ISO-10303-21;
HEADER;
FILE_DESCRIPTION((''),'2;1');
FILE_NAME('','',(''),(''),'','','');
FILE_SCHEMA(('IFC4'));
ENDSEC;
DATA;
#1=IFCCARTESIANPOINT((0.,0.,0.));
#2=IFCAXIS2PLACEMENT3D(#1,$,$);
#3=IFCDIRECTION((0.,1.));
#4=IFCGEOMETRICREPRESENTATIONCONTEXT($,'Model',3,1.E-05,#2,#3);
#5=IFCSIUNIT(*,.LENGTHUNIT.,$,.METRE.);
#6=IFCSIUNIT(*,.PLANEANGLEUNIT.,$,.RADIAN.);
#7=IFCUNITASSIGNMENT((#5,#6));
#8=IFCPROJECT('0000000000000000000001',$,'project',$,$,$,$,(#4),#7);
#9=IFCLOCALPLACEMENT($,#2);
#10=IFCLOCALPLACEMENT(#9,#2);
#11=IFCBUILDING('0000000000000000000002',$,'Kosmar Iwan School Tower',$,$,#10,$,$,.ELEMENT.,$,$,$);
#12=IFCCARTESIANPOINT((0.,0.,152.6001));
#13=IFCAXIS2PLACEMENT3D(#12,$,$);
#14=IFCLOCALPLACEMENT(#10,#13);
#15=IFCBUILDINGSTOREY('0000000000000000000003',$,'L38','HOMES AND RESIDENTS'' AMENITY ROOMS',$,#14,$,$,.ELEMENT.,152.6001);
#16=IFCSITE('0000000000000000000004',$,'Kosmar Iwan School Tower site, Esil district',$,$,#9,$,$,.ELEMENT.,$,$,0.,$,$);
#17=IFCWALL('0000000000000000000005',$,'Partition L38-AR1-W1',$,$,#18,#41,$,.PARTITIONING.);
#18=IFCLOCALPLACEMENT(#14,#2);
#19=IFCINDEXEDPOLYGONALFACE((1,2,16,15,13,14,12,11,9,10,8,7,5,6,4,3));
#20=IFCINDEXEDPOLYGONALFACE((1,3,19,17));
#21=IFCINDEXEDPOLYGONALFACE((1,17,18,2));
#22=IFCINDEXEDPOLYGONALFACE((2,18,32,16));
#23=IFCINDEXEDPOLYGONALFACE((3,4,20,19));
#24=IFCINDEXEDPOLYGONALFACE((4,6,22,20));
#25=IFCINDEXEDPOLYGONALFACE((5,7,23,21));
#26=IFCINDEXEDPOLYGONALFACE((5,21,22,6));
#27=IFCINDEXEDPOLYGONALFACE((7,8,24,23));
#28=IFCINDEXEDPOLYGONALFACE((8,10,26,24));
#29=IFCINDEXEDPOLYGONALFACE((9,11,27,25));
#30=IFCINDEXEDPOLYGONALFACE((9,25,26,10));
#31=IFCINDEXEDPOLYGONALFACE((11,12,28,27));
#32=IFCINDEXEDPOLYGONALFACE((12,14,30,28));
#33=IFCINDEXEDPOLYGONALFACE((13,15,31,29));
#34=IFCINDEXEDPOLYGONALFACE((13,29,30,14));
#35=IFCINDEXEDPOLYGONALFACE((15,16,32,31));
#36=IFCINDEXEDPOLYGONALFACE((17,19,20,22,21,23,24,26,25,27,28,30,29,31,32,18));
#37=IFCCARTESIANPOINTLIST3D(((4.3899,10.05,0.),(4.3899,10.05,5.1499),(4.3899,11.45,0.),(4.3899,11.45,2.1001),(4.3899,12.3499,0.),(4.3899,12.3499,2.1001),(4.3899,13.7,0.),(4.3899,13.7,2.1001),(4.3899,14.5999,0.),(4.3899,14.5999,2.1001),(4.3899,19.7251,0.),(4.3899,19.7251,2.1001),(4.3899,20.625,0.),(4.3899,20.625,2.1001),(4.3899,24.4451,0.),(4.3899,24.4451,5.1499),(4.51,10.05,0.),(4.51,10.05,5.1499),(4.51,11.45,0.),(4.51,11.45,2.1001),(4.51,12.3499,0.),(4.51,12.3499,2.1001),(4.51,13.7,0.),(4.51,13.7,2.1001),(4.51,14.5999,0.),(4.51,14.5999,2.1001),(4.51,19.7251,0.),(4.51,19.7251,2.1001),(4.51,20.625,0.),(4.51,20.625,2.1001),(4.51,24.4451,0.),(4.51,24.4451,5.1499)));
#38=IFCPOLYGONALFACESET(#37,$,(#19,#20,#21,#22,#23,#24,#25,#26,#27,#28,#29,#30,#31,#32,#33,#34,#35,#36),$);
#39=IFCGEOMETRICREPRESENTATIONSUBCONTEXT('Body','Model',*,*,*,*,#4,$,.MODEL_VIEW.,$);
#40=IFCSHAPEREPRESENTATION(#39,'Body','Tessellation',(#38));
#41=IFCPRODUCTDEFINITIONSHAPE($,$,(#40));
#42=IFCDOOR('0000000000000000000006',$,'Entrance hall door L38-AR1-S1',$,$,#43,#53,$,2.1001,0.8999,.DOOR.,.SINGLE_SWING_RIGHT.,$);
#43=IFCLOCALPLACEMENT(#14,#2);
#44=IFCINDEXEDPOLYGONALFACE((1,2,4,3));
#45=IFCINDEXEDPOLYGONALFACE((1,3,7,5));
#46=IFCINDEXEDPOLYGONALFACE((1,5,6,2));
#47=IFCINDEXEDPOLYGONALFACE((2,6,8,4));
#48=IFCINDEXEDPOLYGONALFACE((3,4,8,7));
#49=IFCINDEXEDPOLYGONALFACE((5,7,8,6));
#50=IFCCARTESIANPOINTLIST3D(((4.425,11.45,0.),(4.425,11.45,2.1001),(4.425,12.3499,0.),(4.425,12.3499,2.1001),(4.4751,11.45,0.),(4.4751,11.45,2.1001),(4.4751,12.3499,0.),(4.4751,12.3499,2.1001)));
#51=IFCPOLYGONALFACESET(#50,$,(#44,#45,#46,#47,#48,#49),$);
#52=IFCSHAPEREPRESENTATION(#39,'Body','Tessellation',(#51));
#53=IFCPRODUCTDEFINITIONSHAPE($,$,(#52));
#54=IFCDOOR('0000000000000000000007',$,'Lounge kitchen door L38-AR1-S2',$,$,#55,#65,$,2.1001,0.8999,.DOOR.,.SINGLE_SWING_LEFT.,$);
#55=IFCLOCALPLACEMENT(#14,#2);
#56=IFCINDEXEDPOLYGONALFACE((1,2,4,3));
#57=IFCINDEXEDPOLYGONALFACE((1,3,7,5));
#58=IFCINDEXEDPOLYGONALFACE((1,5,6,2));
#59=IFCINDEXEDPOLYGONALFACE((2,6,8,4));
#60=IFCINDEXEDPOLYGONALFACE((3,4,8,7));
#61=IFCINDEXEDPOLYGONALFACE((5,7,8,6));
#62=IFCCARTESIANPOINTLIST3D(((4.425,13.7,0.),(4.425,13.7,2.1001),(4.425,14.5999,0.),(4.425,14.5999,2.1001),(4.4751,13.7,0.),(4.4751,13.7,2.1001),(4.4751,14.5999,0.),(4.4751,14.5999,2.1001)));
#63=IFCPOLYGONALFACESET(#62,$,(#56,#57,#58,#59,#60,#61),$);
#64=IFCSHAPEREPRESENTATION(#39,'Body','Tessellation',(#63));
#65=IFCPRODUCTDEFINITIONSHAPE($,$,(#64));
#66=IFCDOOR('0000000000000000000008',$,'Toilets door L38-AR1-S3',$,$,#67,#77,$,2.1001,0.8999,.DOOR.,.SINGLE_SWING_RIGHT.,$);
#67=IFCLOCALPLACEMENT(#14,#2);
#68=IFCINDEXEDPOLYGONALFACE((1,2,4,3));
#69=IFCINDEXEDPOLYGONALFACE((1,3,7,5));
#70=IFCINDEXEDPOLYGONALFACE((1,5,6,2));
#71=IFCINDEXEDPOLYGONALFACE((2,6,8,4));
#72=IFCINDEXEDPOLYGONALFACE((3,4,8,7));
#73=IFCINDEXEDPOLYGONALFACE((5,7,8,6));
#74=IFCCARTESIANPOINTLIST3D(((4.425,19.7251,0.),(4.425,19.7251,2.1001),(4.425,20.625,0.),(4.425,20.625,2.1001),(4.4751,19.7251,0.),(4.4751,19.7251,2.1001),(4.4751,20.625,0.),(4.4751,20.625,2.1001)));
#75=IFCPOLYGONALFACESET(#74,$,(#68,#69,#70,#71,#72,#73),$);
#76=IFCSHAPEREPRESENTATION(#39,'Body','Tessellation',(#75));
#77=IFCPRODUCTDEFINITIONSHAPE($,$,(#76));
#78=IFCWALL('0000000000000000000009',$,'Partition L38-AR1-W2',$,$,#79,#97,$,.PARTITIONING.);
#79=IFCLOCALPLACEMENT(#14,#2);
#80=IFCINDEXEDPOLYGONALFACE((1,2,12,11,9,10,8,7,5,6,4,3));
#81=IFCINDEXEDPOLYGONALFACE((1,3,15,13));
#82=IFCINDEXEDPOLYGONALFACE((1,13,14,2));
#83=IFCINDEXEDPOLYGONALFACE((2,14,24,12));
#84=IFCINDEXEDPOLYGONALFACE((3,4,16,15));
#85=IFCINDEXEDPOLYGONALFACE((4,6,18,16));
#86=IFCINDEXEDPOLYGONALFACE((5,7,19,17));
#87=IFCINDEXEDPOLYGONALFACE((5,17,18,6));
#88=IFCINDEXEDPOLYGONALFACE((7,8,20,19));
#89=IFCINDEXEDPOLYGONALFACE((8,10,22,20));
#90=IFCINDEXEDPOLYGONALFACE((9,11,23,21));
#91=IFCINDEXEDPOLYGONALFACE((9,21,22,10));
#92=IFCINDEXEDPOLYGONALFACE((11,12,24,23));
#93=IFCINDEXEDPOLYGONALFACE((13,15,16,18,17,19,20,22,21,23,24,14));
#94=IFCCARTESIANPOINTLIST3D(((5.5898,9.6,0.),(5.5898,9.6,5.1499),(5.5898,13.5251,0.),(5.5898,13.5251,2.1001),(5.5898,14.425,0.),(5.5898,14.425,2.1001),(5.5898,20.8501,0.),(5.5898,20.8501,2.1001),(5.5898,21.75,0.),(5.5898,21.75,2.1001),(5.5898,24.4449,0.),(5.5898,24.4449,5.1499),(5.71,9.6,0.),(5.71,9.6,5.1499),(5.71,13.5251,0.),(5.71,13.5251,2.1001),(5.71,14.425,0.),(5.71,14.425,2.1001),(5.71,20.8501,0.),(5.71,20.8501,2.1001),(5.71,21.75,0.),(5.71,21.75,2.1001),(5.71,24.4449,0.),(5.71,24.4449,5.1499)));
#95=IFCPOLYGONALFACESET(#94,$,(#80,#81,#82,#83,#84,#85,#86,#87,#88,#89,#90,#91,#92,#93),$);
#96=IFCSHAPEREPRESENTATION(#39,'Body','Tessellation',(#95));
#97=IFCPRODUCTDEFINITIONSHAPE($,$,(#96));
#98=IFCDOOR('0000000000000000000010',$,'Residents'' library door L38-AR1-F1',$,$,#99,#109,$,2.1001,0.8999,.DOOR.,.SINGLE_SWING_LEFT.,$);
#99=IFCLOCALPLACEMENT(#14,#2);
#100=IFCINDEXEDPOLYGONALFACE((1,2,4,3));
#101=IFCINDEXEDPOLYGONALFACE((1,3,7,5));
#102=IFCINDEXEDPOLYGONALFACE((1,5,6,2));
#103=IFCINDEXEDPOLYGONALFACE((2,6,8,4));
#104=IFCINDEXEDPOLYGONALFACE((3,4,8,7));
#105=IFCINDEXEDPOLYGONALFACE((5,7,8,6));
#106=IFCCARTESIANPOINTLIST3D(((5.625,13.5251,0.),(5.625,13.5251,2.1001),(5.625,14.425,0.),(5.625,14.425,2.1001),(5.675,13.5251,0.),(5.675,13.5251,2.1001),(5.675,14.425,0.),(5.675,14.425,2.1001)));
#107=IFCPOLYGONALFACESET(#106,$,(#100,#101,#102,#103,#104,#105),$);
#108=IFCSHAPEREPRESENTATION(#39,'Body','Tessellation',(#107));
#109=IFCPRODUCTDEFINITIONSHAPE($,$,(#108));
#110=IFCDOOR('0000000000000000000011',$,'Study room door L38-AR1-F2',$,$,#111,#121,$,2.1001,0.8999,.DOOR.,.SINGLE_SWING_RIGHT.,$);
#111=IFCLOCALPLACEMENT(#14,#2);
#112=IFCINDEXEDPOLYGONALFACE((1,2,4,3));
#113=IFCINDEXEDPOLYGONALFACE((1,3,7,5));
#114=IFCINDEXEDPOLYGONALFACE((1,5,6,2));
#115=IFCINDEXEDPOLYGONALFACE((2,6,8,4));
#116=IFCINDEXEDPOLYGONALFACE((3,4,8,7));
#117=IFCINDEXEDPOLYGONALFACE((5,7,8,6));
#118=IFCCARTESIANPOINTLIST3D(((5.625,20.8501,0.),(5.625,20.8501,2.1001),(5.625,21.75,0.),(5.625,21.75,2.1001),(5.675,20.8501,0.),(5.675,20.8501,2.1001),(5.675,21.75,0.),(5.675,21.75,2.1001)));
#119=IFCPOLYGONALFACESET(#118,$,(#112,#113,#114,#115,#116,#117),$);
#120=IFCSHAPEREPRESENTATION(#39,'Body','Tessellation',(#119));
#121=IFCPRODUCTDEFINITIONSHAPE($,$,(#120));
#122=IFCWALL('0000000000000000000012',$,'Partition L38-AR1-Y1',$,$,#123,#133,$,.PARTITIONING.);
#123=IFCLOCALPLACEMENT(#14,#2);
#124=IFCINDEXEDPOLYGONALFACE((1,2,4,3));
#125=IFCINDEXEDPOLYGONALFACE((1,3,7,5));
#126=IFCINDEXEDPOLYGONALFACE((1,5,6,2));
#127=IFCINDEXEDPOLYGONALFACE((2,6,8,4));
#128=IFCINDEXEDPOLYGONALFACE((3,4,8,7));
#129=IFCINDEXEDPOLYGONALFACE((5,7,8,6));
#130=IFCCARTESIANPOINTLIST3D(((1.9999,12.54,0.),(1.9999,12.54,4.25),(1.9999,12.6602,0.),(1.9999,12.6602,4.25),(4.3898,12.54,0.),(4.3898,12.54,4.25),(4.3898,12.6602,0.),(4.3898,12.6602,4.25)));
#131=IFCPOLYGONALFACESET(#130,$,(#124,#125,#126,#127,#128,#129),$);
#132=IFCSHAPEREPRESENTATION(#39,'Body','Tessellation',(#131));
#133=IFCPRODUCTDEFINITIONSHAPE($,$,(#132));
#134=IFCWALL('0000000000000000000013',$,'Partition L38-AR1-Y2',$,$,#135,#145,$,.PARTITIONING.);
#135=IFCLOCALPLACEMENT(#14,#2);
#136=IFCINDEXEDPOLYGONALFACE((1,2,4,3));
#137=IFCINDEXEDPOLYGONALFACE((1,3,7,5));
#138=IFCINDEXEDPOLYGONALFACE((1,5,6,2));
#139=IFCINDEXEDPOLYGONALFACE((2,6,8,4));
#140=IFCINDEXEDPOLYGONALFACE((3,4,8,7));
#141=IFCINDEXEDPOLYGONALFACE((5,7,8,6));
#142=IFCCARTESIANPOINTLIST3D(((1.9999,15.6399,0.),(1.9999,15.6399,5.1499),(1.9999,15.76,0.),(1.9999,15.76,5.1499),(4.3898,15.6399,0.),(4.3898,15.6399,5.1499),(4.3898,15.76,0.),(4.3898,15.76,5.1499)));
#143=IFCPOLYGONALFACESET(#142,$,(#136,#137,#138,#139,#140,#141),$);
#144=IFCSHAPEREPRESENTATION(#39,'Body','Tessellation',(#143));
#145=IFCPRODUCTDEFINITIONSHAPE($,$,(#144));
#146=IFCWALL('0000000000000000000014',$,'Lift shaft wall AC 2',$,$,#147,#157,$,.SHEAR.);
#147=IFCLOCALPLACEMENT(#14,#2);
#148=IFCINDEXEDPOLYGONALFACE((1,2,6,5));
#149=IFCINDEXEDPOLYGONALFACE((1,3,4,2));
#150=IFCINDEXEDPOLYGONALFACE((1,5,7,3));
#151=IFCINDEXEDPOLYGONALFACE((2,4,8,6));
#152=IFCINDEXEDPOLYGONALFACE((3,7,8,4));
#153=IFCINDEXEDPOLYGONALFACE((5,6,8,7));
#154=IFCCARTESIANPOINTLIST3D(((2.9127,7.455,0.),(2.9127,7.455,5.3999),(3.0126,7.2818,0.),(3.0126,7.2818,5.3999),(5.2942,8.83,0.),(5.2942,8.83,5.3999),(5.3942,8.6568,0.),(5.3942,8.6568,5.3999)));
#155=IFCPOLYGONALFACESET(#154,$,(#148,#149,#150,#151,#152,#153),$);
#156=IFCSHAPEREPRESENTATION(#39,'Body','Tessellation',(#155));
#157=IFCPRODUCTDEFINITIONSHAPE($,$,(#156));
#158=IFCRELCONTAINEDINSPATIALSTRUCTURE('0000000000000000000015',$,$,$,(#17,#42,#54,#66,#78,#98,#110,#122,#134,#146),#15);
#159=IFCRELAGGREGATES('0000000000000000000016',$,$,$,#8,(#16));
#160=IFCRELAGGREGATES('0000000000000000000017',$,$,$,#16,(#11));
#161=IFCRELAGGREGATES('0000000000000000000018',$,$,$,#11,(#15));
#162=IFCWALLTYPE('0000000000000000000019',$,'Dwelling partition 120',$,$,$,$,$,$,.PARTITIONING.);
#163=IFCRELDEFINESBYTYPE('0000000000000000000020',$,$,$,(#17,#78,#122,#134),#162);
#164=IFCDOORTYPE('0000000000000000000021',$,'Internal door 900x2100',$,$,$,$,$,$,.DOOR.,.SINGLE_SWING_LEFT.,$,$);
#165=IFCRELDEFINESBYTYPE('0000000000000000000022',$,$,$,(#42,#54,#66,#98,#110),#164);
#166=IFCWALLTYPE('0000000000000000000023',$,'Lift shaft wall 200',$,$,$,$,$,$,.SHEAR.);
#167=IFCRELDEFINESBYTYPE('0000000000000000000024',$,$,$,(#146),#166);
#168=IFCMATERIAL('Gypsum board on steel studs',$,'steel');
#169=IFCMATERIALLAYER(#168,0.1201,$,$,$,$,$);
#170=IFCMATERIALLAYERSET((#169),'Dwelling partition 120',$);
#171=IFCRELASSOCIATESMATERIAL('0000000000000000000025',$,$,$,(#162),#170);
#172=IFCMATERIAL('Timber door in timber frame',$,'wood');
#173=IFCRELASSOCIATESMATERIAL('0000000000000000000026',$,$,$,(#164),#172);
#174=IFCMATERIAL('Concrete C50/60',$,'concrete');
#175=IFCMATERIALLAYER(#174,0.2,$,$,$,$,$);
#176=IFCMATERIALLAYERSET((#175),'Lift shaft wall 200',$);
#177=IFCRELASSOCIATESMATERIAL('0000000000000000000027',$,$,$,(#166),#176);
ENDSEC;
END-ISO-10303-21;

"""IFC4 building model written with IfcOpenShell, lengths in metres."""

from ifc_helpers import new_model, si_unit, direction, frame, frame_2d, origin, place, context, subcontext, project, spatial, rectangle, extrude, material, layer, layer_set, type_object, element, fill, save


model = new_model("IFC4")

# Units and contexts
model_context = context("Model", 3, precision=1e-05, world=origin(), true_north=direction((0.0, 1.0)))
body_context = subcontext(model_context, "Body", "Model", "MODEL_VIEW")
ifc_project = project(units=[si_unit("LENGTHUNIT", "METRE"), si_unit("PLANEANGLEUNIT", "RADIAN")], contexts=[model_context])

# Site, building, storey
site_placement = place(None, origin())
site = spatial("IfcSite", under=ifc_project, at=site_placement, Name="Kosmar Iwan School Tower site, Esil district", CompositionType="ELEMENT", RefElevation=0.0)
building_placement = place(site_placement, origin())
building = spatial("IfcBuilding", under=site, at=building_placement, Name="Kosmar Iwan School Tower", CompositionType="ELEMENT")
storey_placement = place(building_placement, frame((0.0, 0.0, 152.6001)))
storey = spatial("IfcBuildingStorey", under=building, at=storey_placement, Name="L38", Description="HOMES AND RESIDENTS' AMENITY ROOMS", CompositionType="ELEMENT", Elevation=152.6001)

# Walls, openings, doors
ifc_material_1 = material(Name="Gypsum board on steel studs", Category="steel")
ifc_layer_1 = layer(ifc_material_1, 0.1201)
ifc_layer_set_1 = layer_set([ifc_layer_1], Name="Dwelling partition 120")
wall_type_1 = type_object("IfcWallType", Name="Dwelling partition 120", PredefinedType="PARTITIONING", material=ifc_layer_set_1)
wall_1_placement = place(storey_placement, frame((4.45, 10.05, 0.0), z_axis=(0.0, 0.0, 1.0), x_axis=(0.0, 1.0, 0.0)))
wall_1 = element("IfcWall", 1, at=wall_1_placement, inside=storey, type_object=wall_type_1, Name="Partition L38-AR1-W1", PredefinedType="PARTITIONING", context=body_context, shape_type="SweptSolid", body=[
    extrude(rectangle(XDim=14.395, YDim=0.1201, at=frame_2d((7.1975, 0.0))), origin(), (0.0, 0.0, 1.0), 5.1499),
])
opening_1_placement = place(wall_1_placement, frame((1.3999, 0.0, 0.0)))
opening_1 = element("IfcOpeningElement", 2, at=opening_1_placement, cuts=wall_1, PredefinedType="OPENING", context=body_context, shape_type="SweptSolid", body=[
    extrude(rectangle(XDim=0.8999, YDim=2.1001, at=frame_2d((0.45, 1.05))), frame((0.0, 0.072, 0.0), z_axis=(0.0, -1.0, 0.0), x_axis=(1.0, 0.0, 0.0)), (0.0, 0.0, 1.0), 0.144),
])
opening_2_placement = place(wall_1_placement, frame((3.6499, 0.0, 0.0)))
opening_2 = element("IfcOpeningElement", 3, at=opening_2_placement, cuts=wall_1, PredefinedType="OPENING", context=body_context, shape_type="SweptSolid", body=[
    extrude(rectangle(XDim=0.8999, YDim=2.1001, at=frame_2d((0.45, 1.05))), frame((0.0, 0.072, 0.0), z_axis=(0.0, -1.0, 0.0), x_axis=(1.0, 0.0, 0.0)), (0.0, 0.0, 1.0), 0.144),
])
opening_3_placement = place(wall_1_placement, frame((9.675, 0.0, 0.0)))
opening_3 = element("IfcOpeningElement", 4, at=opening_3_placement, cuts=wall_1, PredefinedType="OPENING", context=body_context, shape_type="SweptSolid", body=[
    extrude(rectangle(XDim=0.8999, YDim=2.1001, at=frame_2d((0.45, 1.05))), frame((0.0, 0.072, 0.0), z_axis=(0.0, -1.0, 0.0), x_axis=(1.0, 0.0, 0.0)), (0.0, 0.0, 1.0), 0.144),
])
ifc_material_2 = material(Name="Timber door in timber frame", Category="wood")
door_type_1 = type_object("IfcDoorType", Name="Internal door 900x2100", OperationType="SINGLE_SWING_LEFT", PredefinedType="DOOR", material=ifc_material_2)
door_1_placement = place(opening_1_placement, origin())
door_1 = element("IfcDoor", 5, at=door_1_placement, inside=storey, type_object=door_type_1, Name="Entrance hall door L38-AR1-S1", OperationType="SINGLE_SWING_RIGHT", OverallHeight=2.1001, OverallWidth=0.8999, PredefinedType="DOOR", context=body_context, shape_type="SweptSolid", body=[
    extrude(rectangle(XDim=0.8999, YDim=2.1001, at=frame_2d((0.45, 1.05))), frame((0.0, 0.0249, 0.0), z_axis=(0.0, -1.0, 0.0), x_axis=(1.0, 0.0, 0.0)), (0.0, 0.0, 1.0), 0.05),
])
fill(opening_1, door_1)
door_2_placement = place(opening_2_placement, origin())
door_2 = element("IfcDoor", 6, at=door_2_placement, inside=storey, type_object=door_type_1, Name="Lounge kitchen door L38-AR1-S2", OperationType="SINGLE_SWING_LEFT", OverallHeight=2.1001, OverallWidth=0.8999, PredefinedType="DOOR", context=body_context, shape_type="SweptSolid", body=[
    extrude(rectangle(XDim=0.8999, YDim=2.1001, at=frame_2d((0.45, 1.05))), frame((0.0, 0.0249, 0.0), z_axis=(0.0, -1.0, 0.0), x_axis=(1.0, 0.0, 0.0)), (0.0, 0.0, 1.0), 0.05),
])
fill(opening_2, door_2)
door_3_placement = place(opening_3_placement, origin())
door_3 = element("IfcDoor", 7, at=door_3_placement, inside=storey, type_object=door_type_1, Name="Toilets door L38-AR1-S3", OperationType="SINGLE_SWING_RIGHT", OverallHeight=2.1001, OverallWidth=0.8999, PredefinedType="DOOR", context=body_context, shape_type="SweptSolid", body=[
    extrude(rectangle(XDim=0.8999, YDim=2.1001, at=frame_2d((0.45, 1.05))), frame((0.0, 0.0249, 0.0), z_axis=(0.0, -1.0, 0.0), x_axis=(1.0, 0.0, 0.0)), (0.0, 0.0, 1.0), 0.05),
])
fill(opening_3, door_3)
wall_2_placement = place(storey_placement, frame((5.6499, 9.6001, 0.0), z_axis=(0.0, 0.0, 1.0), x_axis=(0.0, 1.0, 0.0)))
wall_2 = element("IfcWall", 8, at=wall_2_placement, inside=storey, type_object=wall_type_1, Name="Partition L38-AR1-W2", PredefinedType="PARTITIONING", context=body_context, shape_type="SweptSolid", body=[
    extrude(rectangle(XDim=14.845, YDim=0.1201, at=frame_2d((7.4224, 0.0))), origin(), (0.0, 0.0, 1.0), 5.1499),
])
opening_4_placement = place(wall_2_placement, frame((3.925, 0.0, 0.0)))
opening_4 = element("IfcOpeningElement", 9, at=opening_4_placement, cuts=wall_2, PredefinedType="OPENING", context=body_context, shape_type="SweptSolid", body=[
    extrude(rectangle(XDim=0.8999, YDim=2.1001, at=frame_2d((0.45, 1.05))), frame((0.0, 0.072, 0.0), z_axis=(0.0, -1.0, 0.0), x_axis=(1.0, 0.0, 0.0)), (0.0, 0.0, 1.0), 0.144),
])
opening_5_placement = place(wall_2_placement, frame((11.25, 0.0, 0.0)))
opening_5 = element("IfcOpeningElement", 10, at=opening_5_placement, cuts=wall_2, PredefinedType="OPENING", context=body_context, shape_type="SweptSolid", body=[
    extrude(rectangle(XDim=0.8999, YDim=2.1001, at=frame_2d((0.45, 1.05))), frame((0.0, 0.072, 0.0), z_axis=(0.0, -1.0, 0.0), x_axis=(1.0, 0.0, 0.0)), (0.0, 0.0, 1.0), 0.144),
])
door_4_placement = place(opening_4_placement, origin())
door_4 = element("IfcDoor", 11, at=door_4_placement, inside=storey, type_object=door_type_1, Name="Residents' library door L38-AR1-F1", OperationType="SINGLE_SWING_LEFT", OverallHeight=2.1001, OverallWidth=0.8999, PredefinedType="DOOR", context=body_context, shape_type="SweptSolid", body=[
    extrude(rectangle(XDim=0.8999, YDim=2.1001, at=frame_2d((0.45, 1.05))), frame((0.0, 0.0249, 0.0), z_axis=(0.0, -1.0, 0.0), x_axis=(1.0, 0.0, 0.0)), (0.0, 0.0, 1.0), 0.05),
])
fill(opening_4, door_4)
door_5_placement = place(opening_5_placement, origin())
door_5 = element("IfcDoor", 12, at=door_5_placement, inside=storey, type_object=door_type_1, Name="Study room door L38-AR1-F2", OperationType="SINGLE_SWING_RIGHT", OverallHeight=2.1001, OverallWidth=0.8999, PredefinedType="DOOR", context=body_context, shape_type="SweptSolid", body=[
    extrude(rectangle(XDim=0.8999, YDim=2.1001, at=frame_2d((0.45, 1.05))), frame((0.0, 0.0249, 0.0), z_axis=(0.0, -1.0, 0.0), x_axis=(1.0, 0.0, 0.0)), (0.0, 0.0, 1.0), 0.05),
])
fill(opening_5, door_5)

# Walls
wall_3_placement = place(storey_placement, frame((2.0, 12.6001, 0.0), z_axis=(0.0, 0.0, 1.0), x_axis=(1.0, 0.0, 0.0)))
element("IfcWall", 13, at=wall_3_placement, inside=storey, type_object=wall_type_1, Name="Partition L38-AR1-Y1", PredefinedType="PARTITIONING", context=body_context, shape_type="SweptSolid", body=[
    extrude(rectangle(XDim=2.3899, YDim=0.1201, at=frame_2d((1.1948, 0.0))), origin(), (0.0, 0.0, 1.0), 4.25),
])
wall_4_placement = place(storey_placement, frame((2.0, 15.7, 0.0), z_axis=(0.0, 0.0, 1.0), x_axis=(1.0, 0.0, 0.0)))
element("IfcWall", 14, at=wall_4_placement, inside=storey, type_object=wall_type_1, Name="Partition L38-AR1-Y2", PredefinedType="PARTITIONING", context=body_context, shape_type="SweptSolid", body=[
    extrude(rectangle(XDim=2.3899, YDim=0.1201, at=frame_2d((1.1948, 0.0))), origin(), (0.0, 0.0, 1.0), 5.1499),
])
ifc_material_3 = material(Name="Concrete C50/60", Category="concrete")
ifc_layer_2 = layer(ifc_material_3, 0.2)
ifc_layer_set_2 = layer_set([ifc_layer_2], Name="Lift shaft wall 200")
wall_type_2 = type_object("IfcWallType", Name="Lift shaft wall 200", PredefinedType="SHEAR", material=ifc_layer_set_2)
wall_5_placement = place(storey_placement, frame((2.9626, 7.3684, 0.0), z_axis=(0.0, 0.0, 1.0), x_axis=(0.866027, 0.499997, 0.0)))
element("IfcWall", 15, at=wall_5_placement, inside=storey, type_object=wall_type_2, Name="Lift shaft wall AC 2", PredefinedType="SHEAR", context=body_context, shape_type="SweptSolid", body=[
    extrude(rectangle(XDim=2.75, YDim=0.2, at=frame_2d((1.375, 0.0))), origin(), (0.0, 0.0, 1.0), 5.3999),
])

save(model, "model.ifc")
